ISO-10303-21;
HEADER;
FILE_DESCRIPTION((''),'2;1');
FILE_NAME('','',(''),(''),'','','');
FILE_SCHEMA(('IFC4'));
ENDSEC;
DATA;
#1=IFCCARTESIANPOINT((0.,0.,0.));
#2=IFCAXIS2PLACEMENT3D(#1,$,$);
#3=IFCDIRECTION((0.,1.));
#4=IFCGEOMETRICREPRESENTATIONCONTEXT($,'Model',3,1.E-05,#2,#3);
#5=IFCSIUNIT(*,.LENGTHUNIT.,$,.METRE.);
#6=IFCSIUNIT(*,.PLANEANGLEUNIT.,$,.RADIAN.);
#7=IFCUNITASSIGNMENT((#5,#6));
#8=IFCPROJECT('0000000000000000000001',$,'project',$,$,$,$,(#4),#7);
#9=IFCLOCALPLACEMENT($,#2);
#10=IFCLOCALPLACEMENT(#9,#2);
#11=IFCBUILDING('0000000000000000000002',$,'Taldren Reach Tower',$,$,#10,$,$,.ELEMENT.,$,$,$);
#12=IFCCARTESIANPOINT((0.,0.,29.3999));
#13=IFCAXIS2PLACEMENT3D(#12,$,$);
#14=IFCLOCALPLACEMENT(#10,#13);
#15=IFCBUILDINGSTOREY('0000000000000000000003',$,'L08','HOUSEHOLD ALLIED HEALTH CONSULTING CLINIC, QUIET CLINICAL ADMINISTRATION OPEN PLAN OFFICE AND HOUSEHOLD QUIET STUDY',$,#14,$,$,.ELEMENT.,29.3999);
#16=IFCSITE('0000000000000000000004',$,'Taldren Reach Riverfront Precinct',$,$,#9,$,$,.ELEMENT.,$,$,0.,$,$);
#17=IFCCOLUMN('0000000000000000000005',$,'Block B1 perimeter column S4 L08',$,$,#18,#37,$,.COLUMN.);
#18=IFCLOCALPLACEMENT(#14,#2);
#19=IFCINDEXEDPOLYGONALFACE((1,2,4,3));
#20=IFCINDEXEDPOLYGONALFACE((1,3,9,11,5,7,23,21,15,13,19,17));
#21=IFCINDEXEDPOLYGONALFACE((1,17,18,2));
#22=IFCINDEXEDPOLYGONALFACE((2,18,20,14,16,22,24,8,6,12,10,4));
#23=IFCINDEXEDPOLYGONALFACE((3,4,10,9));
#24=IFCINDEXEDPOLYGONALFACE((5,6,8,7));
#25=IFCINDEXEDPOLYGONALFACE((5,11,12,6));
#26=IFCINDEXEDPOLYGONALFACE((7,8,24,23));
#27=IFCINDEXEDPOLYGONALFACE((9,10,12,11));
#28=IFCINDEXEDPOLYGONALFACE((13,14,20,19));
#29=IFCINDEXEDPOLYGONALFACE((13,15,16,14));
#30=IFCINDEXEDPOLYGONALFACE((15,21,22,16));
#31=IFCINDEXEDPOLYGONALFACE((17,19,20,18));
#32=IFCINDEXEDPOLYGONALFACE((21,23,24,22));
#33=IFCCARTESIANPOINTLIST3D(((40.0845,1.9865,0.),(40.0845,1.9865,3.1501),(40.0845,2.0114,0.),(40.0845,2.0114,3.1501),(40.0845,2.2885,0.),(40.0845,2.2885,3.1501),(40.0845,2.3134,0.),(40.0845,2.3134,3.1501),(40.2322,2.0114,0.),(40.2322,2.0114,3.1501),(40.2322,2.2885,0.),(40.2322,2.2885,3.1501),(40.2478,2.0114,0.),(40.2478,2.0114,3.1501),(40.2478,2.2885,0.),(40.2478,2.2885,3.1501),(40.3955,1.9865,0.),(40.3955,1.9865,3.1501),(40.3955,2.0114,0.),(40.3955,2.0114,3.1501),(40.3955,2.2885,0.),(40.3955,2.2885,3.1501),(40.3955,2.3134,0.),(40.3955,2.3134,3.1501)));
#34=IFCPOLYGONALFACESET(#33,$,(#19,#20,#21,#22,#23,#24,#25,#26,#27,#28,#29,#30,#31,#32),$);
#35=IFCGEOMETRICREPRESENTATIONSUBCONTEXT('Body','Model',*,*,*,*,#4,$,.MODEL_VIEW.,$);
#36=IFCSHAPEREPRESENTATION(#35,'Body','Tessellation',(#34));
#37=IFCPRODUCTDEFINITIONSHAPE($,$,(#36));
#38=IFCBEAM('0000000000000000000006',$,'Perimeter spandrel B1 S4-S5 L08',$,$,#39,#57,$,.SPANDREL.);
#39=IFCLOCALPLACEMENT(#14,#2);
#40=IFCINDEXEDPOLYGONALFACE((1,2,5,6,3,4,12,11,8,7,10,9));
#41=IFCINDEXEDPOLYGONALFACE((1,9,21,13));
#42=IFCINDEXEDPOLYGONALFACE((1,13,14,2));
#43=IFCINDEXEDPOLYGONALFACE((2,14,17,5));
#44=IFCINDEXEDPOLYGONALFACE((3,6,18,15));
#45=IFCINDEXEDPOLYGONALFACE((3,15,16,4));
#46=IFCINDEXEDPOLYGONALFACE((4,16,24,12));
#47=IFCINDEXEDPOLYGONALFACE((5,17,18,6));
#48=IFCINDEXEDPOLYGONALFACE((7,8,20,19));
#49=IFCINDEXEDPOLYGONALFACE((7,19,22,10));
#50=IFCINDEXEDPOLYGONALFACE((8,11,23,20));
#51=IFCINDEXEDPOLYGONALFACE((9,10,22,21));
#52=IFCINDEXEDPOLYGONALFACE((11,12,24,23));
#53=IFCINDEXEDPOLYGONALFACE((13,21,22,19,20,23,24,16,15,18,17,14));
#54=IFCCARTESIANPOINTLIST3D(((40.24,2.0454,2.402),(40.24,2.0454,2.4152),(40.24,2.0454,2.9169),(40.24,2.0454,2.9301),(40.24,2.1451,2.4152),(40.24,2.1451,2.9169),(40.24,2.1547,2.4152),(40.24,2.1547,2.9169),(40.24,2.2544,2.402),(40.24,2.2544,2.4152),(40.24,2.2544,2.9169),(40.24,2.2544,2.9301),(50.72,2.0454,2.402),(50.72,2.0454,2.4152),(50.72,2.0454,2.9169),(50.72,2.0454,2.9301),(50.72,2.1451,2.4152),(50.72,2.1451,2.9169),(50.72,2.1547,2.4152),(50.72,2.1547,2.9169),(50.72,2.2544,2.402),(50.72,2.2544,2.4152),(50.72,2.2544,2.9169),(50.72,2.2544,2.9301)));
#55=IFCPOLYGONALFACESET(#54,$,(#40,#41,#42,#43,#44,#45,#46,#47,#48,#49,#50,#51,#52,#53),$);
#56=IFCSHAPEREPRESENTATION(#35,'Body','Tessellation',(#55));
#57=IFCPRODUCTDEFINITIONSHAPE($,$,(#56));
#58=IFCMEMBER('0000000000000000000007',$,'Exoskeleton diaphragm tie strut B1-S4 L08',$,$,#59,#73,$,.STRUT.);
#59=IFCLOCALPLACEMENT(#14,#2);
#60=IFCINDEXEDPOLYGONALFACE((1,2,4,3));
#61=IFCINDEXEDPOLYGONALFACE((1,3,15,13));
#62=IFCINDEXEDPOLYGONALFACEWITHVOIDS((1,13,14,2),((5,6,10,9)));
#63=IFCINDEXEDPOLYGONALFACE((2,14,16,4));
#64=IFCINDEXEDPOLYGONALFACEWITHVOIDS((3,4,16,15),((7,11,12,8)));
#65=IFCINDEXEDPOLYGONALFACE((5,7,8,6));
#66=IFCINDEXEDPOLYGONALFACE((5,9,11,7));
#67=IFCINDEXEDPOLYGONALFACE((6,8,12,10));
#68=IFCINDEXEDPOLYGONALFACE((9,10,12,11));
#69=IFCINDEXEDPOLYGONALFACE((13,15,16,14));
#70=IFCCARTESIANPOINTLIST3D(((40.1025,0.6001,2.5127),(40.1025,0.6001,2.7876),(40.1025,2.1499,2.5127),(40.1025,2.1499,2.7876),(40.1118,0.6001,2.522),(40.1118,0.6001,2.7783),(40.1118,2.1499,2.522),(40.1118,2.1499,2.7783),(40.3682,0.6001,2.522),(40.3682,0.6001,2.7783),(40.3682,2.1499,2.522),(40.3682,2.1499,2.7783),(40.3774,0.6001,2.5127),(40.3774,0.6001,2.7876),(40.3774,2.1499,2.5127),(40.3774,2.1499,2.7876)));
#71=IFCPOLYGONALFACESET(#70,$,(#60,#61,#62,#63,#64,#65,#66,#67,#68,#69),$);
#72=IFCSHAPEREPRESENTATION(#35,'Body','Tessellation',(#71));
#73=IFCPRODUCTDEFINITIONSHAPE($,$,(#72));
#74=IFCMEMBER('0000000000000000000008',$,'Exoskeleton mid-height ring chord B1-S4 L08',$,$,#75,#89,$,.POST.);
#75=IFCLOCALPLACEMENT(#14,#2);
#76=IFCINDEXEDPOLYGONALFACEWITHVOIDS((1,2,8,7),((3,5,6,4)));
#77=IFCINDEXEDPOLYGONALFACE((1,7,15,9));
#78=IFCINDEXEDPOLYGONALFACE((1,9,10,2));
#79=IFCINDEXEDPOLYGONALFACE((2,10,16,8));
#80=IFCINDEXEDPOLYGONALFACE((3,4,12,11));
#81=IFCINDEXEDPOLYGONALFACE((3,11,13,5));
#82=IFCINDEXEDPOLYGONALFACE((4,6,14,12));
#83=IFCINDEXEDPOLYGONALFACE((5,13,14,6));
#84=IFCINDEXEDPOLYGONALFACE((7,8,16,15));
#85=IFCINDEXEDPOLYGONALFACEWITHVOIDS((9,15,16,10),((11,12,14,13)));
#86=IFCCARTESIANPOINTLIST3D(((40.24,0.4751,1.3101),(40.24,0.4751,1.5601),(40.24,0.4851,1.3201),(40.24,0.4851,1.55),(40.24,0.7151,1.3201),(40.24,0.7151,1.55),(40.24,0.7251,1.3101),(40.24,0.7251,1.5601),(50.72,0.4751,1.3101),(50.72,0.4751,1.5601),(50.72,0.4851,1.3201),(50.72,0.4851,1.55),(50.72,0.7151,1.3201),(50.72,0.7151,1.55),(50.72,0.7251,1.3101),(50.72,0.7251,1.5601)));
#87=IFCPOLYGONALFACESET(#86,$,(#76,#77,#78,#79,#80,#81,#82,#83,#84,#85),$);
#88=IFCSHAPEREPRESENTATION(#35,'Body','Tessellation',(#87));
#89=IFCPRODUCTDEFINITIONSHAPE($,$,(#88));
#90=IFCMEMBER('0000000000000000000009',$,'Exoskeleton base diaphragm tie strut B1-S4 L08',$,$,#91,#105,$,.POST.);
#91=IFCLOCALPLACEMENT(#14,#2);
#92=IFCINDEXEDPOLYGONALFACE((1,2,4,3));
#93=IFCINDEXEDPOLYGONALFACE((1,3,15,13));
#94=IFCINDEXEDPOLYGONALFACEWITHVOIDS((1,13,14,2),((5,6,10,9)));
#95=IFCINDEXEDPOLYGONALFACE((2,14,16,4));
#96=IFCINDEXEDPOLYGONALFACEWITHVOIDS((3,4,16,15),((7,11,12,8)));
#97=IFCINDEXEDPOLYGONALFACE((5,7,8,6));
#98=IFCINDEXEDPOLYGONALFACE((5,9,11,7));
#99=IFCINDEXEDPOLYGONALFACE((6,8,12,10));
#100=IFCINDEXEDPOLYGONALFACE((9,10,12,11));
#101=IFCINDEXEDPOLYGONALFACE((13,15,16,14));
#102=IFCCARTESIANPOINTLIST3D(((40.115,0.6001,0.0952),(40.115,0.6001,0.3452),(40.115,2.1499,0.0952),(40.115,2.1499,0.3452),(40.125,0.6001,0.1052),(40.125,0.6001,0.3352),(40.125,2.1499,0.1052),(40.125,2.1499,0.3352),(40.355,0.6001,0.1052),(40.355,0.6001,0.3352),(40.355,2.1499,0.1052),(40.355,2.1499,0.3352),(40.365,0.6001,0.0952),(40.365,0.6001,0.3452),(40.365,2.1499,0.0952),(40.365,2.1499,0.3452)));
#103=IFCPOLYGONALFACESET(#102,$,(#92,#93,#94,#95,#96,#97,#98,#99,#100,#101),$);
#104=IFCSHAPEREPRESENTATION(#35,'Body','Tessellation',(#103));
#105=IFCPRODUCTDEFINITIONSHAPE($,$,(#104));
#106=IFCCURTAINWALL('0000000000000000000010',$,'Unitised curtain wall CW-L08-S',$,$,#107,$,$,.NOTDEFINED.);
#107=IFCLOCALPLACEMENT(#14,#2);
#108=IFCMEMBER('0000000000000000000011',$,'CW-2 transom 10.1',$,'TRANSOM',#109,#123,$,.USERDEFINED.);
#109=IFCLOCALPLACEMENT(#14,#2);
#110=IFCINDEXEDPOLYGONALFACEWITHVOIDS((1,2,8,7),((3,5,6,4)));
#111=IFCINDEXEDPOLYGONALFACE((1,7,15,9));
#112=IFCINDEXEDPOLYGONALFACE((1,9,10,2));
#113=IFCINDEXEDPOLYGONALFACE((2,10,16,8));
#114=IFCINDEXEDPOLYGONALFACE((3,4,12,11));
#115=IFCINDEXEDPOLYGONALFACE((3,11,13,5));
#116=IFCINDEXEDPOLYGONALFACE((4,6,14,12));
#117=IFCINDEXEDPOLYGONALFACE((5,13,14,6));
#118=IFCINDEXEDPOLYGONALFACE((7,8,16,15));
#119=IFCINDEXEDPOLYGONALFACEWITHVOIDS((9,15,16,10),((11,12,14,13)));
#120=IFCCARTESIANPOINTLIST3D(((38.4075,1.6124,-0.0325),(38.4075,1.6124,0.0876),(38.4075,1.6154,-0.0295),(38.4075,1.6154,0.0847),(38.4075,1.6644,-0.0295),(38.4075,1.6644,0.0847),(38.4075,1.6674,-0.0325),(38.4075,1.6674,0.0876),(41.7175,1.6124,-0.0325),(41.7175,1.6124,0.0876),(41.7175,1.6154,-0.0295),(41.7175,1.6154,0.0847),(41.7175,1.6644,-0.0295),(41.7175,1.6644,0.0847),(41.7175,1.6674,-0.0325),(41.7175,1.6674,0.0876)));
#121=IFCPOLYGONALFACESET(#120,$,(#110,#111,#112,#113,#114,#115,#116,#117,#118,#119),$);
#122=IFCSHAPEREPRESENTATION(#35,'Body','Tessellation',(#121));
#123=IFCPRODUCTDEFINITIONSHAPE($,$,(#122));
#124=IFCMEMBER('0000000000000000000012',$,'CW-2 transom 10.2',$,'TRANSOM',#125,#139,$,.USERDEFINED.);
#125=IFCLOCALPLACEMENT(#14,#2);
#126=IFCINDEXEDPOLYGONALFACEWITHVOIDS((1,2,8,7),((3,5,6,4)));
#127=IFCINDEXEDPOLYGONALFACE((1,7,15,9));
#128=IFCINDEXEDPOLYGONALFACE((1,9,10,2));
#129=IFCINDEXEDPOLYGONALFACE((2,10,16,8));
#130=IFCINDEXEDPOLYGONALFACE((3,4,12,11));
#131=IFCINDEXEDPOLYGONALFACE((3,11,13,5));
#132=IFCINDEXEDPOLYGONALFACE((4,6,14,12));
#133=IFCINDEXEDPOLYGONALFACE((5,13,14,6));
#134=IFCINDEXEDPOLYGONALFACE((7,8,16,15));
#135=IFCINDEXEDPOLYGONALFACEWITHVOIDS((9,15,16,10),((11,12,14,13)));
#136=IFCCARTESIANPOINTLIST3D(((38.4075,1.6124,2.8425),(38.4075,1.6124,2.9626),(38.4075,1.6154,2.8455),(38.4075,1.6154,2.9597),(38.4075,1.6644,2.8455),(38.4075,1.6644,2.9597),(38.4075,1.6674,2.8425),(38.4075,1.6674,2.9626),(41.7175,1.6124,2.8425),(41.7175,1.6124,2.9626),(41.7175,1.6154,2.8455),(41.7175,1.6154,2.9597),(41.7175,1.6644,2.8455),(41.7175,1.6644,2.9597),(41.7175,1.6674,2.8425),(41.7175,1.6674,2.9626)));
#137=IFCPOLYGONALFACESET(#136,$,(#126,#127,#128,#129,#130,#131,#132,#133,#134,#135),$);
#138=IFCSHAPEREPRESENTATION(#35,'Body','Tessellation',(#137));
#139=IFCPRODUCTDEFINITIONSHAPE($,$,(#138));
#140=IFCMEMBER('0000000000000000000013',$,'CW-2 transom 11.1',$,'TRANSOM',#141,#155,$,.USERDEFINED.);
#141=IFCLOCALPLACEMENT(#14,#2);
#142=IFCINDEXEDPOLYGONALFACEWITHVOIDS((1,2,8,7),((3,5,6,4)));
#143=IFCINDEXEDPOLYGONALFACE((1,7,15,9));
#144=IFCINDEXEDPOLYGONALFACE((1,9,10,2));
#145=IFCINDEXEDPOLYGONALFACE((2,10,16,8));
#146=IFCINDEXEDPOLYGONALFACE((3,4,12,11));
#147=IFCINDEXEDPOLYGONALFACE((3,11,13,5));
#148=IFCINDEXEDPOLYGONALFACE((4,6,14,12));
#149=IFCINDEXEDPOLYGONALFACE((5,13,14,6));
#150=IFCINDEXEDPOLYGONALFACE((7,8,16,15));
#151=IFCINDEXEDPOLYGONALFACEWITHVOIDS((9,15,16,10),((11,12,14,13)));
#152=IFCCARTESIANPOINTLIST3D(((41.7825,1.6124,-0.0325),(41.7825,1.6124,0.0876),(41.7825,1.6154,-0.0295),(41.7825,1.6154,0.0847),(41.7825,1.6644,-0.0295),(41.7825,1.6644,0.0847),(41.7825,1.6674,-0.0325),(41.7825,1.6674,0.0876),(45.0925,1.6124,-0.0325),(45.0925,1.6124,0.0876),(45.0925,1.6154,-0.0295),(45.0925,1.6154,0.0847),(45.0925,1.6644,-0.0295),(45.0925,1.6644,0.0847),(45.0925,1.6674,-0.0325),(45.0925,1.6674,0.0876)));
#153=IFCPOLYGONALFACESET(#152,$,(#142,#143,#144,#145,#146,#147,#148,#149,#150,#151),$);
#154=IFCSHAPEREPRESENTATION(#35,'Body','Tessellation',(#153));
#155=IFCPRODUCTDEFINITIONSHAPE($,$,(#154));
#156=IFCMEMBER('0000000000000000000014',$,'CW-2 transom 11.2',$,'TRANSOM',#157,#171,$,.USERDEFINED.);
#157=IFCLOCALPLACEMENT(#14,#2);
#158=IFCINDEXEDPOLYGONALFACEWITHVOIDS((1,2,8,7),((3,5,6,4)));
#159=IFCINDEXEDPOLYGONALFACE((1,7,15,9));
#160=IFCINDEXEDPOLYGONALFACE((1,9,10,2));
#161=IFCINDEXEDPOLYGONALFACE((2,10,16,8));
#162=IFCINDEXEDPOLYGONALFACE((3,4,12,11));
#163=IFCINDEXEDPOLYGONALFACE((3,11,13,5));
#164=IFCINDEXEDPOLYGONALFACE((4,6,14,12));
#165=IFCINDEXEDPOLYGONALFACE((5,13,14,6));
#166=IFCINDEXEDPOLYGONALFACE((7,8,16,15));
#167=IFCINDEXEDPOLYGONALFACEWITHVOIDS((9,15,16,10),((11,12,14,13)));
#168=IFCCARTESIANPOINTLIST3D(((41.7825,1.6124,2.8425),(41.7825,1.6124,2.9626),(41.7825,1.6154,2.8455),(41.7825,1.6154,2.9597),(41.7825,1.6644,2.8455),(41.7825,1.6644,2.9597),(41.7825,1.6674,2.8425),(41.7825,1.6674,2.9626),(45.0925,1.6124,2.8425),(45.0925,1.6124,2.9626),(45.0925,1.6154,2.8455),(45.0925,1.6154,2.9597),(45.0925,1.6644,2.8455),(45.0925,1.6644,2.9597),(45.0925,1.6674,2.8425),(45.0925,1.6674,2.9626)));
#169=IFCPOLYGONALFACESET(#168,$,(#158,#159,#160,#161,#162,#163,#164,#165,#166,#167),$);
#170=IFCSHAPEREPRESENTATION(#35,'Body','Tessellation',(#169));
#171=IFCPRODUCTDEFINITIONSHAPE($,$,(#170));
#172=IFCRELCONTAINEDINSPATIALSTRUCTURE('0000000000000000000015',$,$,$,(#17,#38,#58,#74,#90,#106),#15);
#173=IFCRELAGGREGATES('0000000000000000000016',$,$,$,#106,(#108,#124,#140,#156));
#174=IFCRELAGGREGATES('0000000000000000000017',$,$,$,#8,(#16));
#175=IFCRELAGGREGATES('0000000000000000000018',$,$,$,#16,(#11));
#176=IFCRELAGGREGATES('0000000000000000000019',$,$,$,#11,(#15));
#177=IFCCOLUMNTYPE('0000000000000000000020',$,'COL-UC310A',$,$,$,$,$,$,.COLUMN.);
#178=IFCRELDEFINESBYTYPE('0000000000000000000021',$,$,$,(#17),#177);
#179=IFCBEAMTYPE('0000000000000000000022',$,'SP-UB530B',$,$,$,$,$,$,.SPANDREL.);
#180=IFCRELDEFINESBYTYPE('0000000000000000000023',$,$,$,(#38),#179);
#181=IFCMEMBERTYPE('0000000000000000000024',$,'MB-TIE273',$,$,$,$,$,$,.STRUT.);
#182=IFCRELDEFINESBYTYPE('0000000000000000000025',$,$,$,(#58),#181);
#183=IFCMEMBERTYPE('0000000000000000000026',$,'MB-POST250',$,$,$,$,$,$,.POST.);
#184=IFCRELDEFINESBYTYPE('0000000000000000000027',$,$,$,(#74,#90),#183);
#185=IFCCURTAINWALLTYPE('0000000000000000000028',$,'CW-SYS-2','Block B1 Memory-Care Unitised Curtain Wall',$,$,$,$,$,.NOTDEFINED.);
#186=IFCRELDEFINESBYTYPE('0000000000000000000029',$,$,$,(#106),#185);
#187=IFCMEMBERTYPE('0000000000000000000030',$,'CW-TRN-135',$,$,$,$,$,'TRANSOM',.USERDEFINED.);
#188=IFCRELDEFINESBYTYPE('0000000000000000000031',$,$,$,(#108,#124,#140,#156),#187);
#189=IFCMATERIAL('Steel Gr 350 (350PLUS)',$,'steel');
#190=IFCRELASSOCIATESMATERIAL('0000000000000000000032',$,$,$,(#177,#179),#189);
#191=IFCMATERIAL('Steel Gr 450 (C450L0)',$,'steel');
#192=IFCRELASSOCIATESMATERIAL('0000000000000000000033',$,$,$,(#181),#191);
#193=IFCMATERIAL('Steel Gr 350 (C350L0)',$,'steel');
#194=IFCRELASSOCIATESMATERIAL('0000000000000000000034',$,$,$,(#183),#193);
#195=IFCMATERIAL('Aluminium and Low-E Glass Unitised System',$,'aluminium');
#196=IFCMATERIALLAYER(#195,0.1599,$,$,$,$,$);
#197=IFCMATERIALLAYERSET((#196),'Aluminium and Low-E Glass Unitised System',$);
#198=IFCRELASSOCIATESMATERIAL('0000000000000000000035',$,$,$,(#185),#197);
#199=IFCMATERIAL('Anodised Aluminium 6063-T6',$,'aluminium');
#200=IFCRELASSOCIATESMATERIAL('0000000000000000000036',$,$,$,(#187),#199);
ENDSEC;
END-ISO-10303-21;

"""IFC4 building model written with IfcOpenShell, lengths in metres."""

from ifc_helpers import new_model, si_unit, direction, frame, origin, origin_2d, place, context, subcontext, project, spatial, hollow_rectangle, i_section, extrude, source, transform, mapped, material, layer, layer_set, material_profile, profile_set, type_object, element, aggregate, save


model = new_model("IFC4")

# Units and contexts
model_context = context("Model", 3, precision=1e-05, world=origin(), true_north=direction((0.0, 1.0)))
body_context = subcontext(model_context, "Body", "Model", "MODEL_VIEW")
ifc_project = project(units=[si_unit("LENGTHUNIT", "METRE"), si_unit("PLANEANGLEUNIT", "RADIAN")], contexts=[model_context])

# Site, building, storey
site_placement = place(None, origin())
site = spatial("IfcSite", under=ifc_project, at=site_placement, Name="Taldren Reach Riverfront Precinct", CompositionType="ELEMENT", RefElevation=0.0)
building_placement = place(site_placement, origin())
building = spatial("IfcBuilding", under=site, at=building_placement, Name="Taldren Reach Tower", CompositionType="ELEMENT")
storey_placement = place(building_placement, frame((0.0, 0.0, 29.3999)))
storey = spatial("IfcBuildingStorey", under=building, at=storey_placement, Name="L08", Description="HOUSEHOLD ALLIED HEALTH CONSULTING CLINIC, QUIET CLINICAL ADMINISTRATION OPEN PLAN OFFICE AND HOUSEHOLD QUIET STUDY", CompositionType="ELEMENT", Elevation=29.3999)

# Column
ifc_material_1 = material(Name="Steel Gr 350 (350PLUS)", Category="steel")
ifc_material_profile_1 = material_profile(ifc_material_1, i_section(OverallWidth=0.311, OverallDepth=0.3269, WebThickness=0.0156, FlangeThickness=0.0249, at=origin_2d()), Name="310UC158")
ifc_profile_set_1 = profile_set([ifc_material_profile_1], Name="Steel Gr 350 (350PLUS)")
column_type = type_object("IfcColumnType", Name="COL-UC310A", PredefinedType="COLUMN", material=ifc_profile_set_1)
shared_shape_1 = source(origin(), body_context, "Body", "SweptSolid", [
    extrude(i_section(OverallWidth=0.311, OverallDepth=0.3269, WebThickness=0.0156, FlangeThickness=0.0249, at=origin_2d()), origin(), (0.0, 0.0, 1.0), 3.1501),
])
column_placement = place(storey_placement, frame((40.24, 2.1499, 0.0), z_axis=(0.0, 0.0, 1.0), x_axis=(1.0, 0.0, 0.0)))
element("IfcColumn", 1, at=column_placement, inside=storey, type_object=column_type, Name="Block B1 perimeter column S4 L08", PredefinedType="COLUMN", context=body_context, shape_type="MappedRepresentation", body=[
    mapped(shared_shape_1, transform((0.0, 0.0, 0.0), scale=1.0)),
])

# Beam
ifc_material_profile_2 = material_profile(ifc_material_1, i_section(OverallWidth=0.209, OverallDepth=0.5281, WebThickness=0.0095, FlangeThickness=0.0132, at=origin_2d()), Name="530UB82.0")
ifc_profile_set_2 = profile_set([ifc_material_profile_2], Name="Steel Gr 350 (350PLUS)")
beam_type = type_object("IfcBeamType", Name="SP-UB530B", PredefinedType="SPANDREL", material=ifc_profile_set_2)
shared_shape_2 = source(origin(), body_context, "Body", "SweptSolid", [
    extrude(i_section(OverallWidth=0.209, OverallDepth=0.5281, WebThickness=0.0095, FlangeThickness=0.0132, at=origin_2d()), origin(), (0.0, 0.0, 1.0), 10.48),
])
beam_placement = place(storey_placement, frame((40.24, 2.1499, 2.666), z_axis=(1.0, 0.0, 0.0), x_axis=(0.0, 1.0, 0.0)))
element("IfcBeam", 2, at=beam_placement, inside=storey, type_object=beam_type, Name="Perimeter spandrel B1 S4-S5 L08", PredefinedType="SPANDREL", context=body_context, shape_type="MappedRepresentation", body=[
    mapped(shared_shape_2, transform((0.0, 0.0, 0.0), scale=1.0)),
])

# Members
ifc_material_2 = material(Name="Steel Gr 450 (C450L0)", Category="steel")
ifc_material_profile_3 = material_profile(ifc_material_2, hollow_rectangle(XDim=0.2749, YDim=0.2749, WallThickness=0.0093, at=origin_2d()), Name="275x275x9.3SHS")
ifc_profile_set_3 = profile_set([ifc_material_profile_3], Name="Steel Gr 450 (C450L0)")
member_type_1 = type_object("IfcMemberType", Name="MB-TIE273", PredefinedType="STRUT", material=ifc_profile_set_3)
shared_shape_3 = source(origin(), body_context, "Body", "SweptSolid", [
    extrude(hollow_rectangle(XDim=0.2749, YDim=0.2749, WallThickness=0.0093, at=origin_2d()), origin(), (0.0, 0.0, 1.0), 1.5498),
])
member_1_placement = place(storey_placement, frame((40.24, 2.1499, 2.6501), z_axis=(0.0, -1.0, 0.0), x_axis=(1.0, 0.0, 0.0)))
element("IfcMember", 3, at=member_1_placement, inside=storey, type_object=member_type_1, Name="Exoskeleton diaphragm tie strut B1-S4 L08", PredefinedType="STRUT", context=body_context, shape_type="MappedRepresentation", body=[
    mapped(shared_shape_3, transform((0.0, 0.0, 0.0), scale=1.0)),
])
ifc_material_3 = material(Name="Steel Gr 350 (C350L0)", Category="steel")
ifc_material_profile_4 = material_profile(ifc_material_3, hollow_rectangle(XDim=0.25, YDim=0.25, WallThickness=0.01, at=origin_2d()), Name="250x250x10.0SHS")
ifc_profile_set_4 = profile_set([ifc_material_profile_4], Name="Steel Gr 350 (C350L0)")
member_type_2 = type_object("IfcMemberType", Name="MB-POST250", PredefinedType="POST", material=ifc_profile_set_4)
shared_shape_4 = source(origin(), body_context, "Body", "SweptSolid", [
    extrude(hollow_rectangle(XDim=0.25, YDim=0.25, WallThickness=0.01, at=origin_2d()), origin(), (0.0, 0.0, 1.0), 10.48),
])
member_2_placement = place(storey_placement, frame((40.24, 0.6001, 1.4351), z_axis=(1.0, 0.0, 0.0), x_axis=(0.0, 1.0, 0.0)))
element("IfcMember", 4, at=member_2_placement, inside=storey, type_object=member_type_2, Name="Exoskeleton mid-height ring chord B1-S4 L08", PredefinedType="POST", context=body_context, shape_type="MappedRepresentation", body=[
    mapped(shared_shape_4, transform((0.0, 0.0, 0.0), scale=1.0)),
])
shared_shape_5 = source(origin(), body_context, "Body", "SweptSolid", [
    extrude(hollow_rectangle(XDim=0.25, YDim=0.25, WallThickness=0.01, at=origin_2d()), origin(), (0.0, 0.0, 1.0), 1.5498),
])
member_3_placement = place(storey_placement, frame((40.24, 2.1499, 0.2202), z_axis=(0.0, -1.0, 0.0), x_axis=(1.0, 0.0, 0.0)))
element("IfcMember", 5, at=member_3_placement, inside=storey, type_object=member_type_2, Name="Exoskeleton base diaphragm tie strut B1-S4 L08", PredefinedType="POST", context=body_context, shape_type="MappedRepresentation", body=[
    mapped(shared_shape_5, transform((0.0, 0.0, 0.0), scale=1.0)),
])

# Curtain wall, members
ifc_material_4 = material(Name="Aluminium and Low-E Glass Unitised System", Category="aluminium")
ifc_layer_1 = layer(ifc_material_4, 0.1599)
ifc_layer_set_1 = layer_set([ifc_layer_1], Name="Aluminium and Low-E Glass Unitised System")
curtain_wall_type = type_object("IfcCurtainWallType", Name="CW-SYS-2", Description="Block B1 Memory-Care Unitised Curtain Wall", PredefinedType="NOTDEFINED", material=ifc_layer_set_1)
curtain_wall_placement = place(storey_placement, origin())
curtain_wall = element("IfcCurtainWall", 6, at=curtain_wall_placement, inside=storey, type_object=curtain_wall_type, Name="Unitised curtain wall CW-L08-S", PredefinedType="NOTDEFINED")
ifc_material_5 = material(Name="Anodised Aluminium 6063-T6", Category="aluminium")
ifc_material_profile_5 = material_profile(ifc_material_5, hollow_rectangle(XDim=0.0549, YDim=0.1201, WallThickness=0.0029, at=origin_2d()), Name="ALU-120x55x3RHS")
ifc_profile_set_5 = profile_set([ifc_material_profile_5], Name="Anodised Aluminium 6063-T6")
member_type_3 = type_object("IfcMemberType", Name="CW-TRN-135", ElementType="TRANSOM", PredefinedType="USERDEFINED", material=ifc_profile_set_5)
shared_shape_6 = source(origin(), body_context, "Body", "SweptSolid", [
    extrude(hollow_rectangle(XDim=0.0549, YDim=0.1201, WallThickness=0.0029, at=origin_2d()), origin(), (0.0, 0.0, 1.0), 3.3101),
])
member_4_placement = place(storey_placement, frame((38.4075, 1.6399, 0.0276), z_axis=(1.0, 0.0, 0.0), x_axis=(0.0, 1.0, 0.0)))
member_4 = element("IfcMember", 7, at=member_4_placement, type_object=member_type_3, Name="CW-2 transom 10.1", ObjectType="TRANSOM", PredefinedType="USERDEFINED", context=body_context, shape_type="MappedRepresentation", body=[
    mapped(shared_shape_6, transform((0.0, 0.0, 0.0), scale=1.0)),
])
member_5_placement = place(storey_placement, frame((38.4075, 1.6399, 2.9026), z_axis=(1.0, 0.0, 0.0), x_axis=(0.0, 1.0, 0.0)))
member_5 = element("IfcMember", 8, at=member_5_placement, type_object=member_type_3, Name="CW-2 transom 10.2", ObjectType="TRANSOM", PredefinedType="USERDEFINED", context=body_context, shape_type="MappedRepresentation", body=[
    mapped(shared_shape_6, transform((0.0, 0.0, 0.0), scale=1.0)),
])
member_6_placement = place(storey_placement, frame((41.7825, 1.6399, 0.0276), z_axis=(1.0, 0.0, 0.0), x_axis=(0.0, 1.0, 0.0)))
member_6 = element("IfcMember", 9, at=member_6_placement, type_object=member_type_3, Name="CW-2 transom 11.1", ObjectType="TRANSOM", PredefinedType="USERDEFINED", context=body_context, shape_type="MappedRepresentation", body=[
    mapped(shared_shape_6, transform((0.0, 0.0, 0.0), scale=1.0)),
])
member_7_placement = place(storey_placement, frame((41.7825, 1.6399, 2.9026), z_axis=(1.0, 0.0, 0.0), x_axis=(0.0, 1.0, 0.0)))
member_7 = element("IfcMember", 10, at=member_7_placement, type_object=member_type_3, Name="CW-2 transom 11.2", ObjectType="TRANSOM", PredefinedType="USERDEFINED", context=body_context, shape_type="MappedRepresentation", body=[
    mapped(shared_shape_6, transform((0.0, 0.0, 0.0), scale=1.0)),
])

aggregate(curtain_wall, [member_4, member_5, member_6, member_7])

save(model, "model.ifc")
